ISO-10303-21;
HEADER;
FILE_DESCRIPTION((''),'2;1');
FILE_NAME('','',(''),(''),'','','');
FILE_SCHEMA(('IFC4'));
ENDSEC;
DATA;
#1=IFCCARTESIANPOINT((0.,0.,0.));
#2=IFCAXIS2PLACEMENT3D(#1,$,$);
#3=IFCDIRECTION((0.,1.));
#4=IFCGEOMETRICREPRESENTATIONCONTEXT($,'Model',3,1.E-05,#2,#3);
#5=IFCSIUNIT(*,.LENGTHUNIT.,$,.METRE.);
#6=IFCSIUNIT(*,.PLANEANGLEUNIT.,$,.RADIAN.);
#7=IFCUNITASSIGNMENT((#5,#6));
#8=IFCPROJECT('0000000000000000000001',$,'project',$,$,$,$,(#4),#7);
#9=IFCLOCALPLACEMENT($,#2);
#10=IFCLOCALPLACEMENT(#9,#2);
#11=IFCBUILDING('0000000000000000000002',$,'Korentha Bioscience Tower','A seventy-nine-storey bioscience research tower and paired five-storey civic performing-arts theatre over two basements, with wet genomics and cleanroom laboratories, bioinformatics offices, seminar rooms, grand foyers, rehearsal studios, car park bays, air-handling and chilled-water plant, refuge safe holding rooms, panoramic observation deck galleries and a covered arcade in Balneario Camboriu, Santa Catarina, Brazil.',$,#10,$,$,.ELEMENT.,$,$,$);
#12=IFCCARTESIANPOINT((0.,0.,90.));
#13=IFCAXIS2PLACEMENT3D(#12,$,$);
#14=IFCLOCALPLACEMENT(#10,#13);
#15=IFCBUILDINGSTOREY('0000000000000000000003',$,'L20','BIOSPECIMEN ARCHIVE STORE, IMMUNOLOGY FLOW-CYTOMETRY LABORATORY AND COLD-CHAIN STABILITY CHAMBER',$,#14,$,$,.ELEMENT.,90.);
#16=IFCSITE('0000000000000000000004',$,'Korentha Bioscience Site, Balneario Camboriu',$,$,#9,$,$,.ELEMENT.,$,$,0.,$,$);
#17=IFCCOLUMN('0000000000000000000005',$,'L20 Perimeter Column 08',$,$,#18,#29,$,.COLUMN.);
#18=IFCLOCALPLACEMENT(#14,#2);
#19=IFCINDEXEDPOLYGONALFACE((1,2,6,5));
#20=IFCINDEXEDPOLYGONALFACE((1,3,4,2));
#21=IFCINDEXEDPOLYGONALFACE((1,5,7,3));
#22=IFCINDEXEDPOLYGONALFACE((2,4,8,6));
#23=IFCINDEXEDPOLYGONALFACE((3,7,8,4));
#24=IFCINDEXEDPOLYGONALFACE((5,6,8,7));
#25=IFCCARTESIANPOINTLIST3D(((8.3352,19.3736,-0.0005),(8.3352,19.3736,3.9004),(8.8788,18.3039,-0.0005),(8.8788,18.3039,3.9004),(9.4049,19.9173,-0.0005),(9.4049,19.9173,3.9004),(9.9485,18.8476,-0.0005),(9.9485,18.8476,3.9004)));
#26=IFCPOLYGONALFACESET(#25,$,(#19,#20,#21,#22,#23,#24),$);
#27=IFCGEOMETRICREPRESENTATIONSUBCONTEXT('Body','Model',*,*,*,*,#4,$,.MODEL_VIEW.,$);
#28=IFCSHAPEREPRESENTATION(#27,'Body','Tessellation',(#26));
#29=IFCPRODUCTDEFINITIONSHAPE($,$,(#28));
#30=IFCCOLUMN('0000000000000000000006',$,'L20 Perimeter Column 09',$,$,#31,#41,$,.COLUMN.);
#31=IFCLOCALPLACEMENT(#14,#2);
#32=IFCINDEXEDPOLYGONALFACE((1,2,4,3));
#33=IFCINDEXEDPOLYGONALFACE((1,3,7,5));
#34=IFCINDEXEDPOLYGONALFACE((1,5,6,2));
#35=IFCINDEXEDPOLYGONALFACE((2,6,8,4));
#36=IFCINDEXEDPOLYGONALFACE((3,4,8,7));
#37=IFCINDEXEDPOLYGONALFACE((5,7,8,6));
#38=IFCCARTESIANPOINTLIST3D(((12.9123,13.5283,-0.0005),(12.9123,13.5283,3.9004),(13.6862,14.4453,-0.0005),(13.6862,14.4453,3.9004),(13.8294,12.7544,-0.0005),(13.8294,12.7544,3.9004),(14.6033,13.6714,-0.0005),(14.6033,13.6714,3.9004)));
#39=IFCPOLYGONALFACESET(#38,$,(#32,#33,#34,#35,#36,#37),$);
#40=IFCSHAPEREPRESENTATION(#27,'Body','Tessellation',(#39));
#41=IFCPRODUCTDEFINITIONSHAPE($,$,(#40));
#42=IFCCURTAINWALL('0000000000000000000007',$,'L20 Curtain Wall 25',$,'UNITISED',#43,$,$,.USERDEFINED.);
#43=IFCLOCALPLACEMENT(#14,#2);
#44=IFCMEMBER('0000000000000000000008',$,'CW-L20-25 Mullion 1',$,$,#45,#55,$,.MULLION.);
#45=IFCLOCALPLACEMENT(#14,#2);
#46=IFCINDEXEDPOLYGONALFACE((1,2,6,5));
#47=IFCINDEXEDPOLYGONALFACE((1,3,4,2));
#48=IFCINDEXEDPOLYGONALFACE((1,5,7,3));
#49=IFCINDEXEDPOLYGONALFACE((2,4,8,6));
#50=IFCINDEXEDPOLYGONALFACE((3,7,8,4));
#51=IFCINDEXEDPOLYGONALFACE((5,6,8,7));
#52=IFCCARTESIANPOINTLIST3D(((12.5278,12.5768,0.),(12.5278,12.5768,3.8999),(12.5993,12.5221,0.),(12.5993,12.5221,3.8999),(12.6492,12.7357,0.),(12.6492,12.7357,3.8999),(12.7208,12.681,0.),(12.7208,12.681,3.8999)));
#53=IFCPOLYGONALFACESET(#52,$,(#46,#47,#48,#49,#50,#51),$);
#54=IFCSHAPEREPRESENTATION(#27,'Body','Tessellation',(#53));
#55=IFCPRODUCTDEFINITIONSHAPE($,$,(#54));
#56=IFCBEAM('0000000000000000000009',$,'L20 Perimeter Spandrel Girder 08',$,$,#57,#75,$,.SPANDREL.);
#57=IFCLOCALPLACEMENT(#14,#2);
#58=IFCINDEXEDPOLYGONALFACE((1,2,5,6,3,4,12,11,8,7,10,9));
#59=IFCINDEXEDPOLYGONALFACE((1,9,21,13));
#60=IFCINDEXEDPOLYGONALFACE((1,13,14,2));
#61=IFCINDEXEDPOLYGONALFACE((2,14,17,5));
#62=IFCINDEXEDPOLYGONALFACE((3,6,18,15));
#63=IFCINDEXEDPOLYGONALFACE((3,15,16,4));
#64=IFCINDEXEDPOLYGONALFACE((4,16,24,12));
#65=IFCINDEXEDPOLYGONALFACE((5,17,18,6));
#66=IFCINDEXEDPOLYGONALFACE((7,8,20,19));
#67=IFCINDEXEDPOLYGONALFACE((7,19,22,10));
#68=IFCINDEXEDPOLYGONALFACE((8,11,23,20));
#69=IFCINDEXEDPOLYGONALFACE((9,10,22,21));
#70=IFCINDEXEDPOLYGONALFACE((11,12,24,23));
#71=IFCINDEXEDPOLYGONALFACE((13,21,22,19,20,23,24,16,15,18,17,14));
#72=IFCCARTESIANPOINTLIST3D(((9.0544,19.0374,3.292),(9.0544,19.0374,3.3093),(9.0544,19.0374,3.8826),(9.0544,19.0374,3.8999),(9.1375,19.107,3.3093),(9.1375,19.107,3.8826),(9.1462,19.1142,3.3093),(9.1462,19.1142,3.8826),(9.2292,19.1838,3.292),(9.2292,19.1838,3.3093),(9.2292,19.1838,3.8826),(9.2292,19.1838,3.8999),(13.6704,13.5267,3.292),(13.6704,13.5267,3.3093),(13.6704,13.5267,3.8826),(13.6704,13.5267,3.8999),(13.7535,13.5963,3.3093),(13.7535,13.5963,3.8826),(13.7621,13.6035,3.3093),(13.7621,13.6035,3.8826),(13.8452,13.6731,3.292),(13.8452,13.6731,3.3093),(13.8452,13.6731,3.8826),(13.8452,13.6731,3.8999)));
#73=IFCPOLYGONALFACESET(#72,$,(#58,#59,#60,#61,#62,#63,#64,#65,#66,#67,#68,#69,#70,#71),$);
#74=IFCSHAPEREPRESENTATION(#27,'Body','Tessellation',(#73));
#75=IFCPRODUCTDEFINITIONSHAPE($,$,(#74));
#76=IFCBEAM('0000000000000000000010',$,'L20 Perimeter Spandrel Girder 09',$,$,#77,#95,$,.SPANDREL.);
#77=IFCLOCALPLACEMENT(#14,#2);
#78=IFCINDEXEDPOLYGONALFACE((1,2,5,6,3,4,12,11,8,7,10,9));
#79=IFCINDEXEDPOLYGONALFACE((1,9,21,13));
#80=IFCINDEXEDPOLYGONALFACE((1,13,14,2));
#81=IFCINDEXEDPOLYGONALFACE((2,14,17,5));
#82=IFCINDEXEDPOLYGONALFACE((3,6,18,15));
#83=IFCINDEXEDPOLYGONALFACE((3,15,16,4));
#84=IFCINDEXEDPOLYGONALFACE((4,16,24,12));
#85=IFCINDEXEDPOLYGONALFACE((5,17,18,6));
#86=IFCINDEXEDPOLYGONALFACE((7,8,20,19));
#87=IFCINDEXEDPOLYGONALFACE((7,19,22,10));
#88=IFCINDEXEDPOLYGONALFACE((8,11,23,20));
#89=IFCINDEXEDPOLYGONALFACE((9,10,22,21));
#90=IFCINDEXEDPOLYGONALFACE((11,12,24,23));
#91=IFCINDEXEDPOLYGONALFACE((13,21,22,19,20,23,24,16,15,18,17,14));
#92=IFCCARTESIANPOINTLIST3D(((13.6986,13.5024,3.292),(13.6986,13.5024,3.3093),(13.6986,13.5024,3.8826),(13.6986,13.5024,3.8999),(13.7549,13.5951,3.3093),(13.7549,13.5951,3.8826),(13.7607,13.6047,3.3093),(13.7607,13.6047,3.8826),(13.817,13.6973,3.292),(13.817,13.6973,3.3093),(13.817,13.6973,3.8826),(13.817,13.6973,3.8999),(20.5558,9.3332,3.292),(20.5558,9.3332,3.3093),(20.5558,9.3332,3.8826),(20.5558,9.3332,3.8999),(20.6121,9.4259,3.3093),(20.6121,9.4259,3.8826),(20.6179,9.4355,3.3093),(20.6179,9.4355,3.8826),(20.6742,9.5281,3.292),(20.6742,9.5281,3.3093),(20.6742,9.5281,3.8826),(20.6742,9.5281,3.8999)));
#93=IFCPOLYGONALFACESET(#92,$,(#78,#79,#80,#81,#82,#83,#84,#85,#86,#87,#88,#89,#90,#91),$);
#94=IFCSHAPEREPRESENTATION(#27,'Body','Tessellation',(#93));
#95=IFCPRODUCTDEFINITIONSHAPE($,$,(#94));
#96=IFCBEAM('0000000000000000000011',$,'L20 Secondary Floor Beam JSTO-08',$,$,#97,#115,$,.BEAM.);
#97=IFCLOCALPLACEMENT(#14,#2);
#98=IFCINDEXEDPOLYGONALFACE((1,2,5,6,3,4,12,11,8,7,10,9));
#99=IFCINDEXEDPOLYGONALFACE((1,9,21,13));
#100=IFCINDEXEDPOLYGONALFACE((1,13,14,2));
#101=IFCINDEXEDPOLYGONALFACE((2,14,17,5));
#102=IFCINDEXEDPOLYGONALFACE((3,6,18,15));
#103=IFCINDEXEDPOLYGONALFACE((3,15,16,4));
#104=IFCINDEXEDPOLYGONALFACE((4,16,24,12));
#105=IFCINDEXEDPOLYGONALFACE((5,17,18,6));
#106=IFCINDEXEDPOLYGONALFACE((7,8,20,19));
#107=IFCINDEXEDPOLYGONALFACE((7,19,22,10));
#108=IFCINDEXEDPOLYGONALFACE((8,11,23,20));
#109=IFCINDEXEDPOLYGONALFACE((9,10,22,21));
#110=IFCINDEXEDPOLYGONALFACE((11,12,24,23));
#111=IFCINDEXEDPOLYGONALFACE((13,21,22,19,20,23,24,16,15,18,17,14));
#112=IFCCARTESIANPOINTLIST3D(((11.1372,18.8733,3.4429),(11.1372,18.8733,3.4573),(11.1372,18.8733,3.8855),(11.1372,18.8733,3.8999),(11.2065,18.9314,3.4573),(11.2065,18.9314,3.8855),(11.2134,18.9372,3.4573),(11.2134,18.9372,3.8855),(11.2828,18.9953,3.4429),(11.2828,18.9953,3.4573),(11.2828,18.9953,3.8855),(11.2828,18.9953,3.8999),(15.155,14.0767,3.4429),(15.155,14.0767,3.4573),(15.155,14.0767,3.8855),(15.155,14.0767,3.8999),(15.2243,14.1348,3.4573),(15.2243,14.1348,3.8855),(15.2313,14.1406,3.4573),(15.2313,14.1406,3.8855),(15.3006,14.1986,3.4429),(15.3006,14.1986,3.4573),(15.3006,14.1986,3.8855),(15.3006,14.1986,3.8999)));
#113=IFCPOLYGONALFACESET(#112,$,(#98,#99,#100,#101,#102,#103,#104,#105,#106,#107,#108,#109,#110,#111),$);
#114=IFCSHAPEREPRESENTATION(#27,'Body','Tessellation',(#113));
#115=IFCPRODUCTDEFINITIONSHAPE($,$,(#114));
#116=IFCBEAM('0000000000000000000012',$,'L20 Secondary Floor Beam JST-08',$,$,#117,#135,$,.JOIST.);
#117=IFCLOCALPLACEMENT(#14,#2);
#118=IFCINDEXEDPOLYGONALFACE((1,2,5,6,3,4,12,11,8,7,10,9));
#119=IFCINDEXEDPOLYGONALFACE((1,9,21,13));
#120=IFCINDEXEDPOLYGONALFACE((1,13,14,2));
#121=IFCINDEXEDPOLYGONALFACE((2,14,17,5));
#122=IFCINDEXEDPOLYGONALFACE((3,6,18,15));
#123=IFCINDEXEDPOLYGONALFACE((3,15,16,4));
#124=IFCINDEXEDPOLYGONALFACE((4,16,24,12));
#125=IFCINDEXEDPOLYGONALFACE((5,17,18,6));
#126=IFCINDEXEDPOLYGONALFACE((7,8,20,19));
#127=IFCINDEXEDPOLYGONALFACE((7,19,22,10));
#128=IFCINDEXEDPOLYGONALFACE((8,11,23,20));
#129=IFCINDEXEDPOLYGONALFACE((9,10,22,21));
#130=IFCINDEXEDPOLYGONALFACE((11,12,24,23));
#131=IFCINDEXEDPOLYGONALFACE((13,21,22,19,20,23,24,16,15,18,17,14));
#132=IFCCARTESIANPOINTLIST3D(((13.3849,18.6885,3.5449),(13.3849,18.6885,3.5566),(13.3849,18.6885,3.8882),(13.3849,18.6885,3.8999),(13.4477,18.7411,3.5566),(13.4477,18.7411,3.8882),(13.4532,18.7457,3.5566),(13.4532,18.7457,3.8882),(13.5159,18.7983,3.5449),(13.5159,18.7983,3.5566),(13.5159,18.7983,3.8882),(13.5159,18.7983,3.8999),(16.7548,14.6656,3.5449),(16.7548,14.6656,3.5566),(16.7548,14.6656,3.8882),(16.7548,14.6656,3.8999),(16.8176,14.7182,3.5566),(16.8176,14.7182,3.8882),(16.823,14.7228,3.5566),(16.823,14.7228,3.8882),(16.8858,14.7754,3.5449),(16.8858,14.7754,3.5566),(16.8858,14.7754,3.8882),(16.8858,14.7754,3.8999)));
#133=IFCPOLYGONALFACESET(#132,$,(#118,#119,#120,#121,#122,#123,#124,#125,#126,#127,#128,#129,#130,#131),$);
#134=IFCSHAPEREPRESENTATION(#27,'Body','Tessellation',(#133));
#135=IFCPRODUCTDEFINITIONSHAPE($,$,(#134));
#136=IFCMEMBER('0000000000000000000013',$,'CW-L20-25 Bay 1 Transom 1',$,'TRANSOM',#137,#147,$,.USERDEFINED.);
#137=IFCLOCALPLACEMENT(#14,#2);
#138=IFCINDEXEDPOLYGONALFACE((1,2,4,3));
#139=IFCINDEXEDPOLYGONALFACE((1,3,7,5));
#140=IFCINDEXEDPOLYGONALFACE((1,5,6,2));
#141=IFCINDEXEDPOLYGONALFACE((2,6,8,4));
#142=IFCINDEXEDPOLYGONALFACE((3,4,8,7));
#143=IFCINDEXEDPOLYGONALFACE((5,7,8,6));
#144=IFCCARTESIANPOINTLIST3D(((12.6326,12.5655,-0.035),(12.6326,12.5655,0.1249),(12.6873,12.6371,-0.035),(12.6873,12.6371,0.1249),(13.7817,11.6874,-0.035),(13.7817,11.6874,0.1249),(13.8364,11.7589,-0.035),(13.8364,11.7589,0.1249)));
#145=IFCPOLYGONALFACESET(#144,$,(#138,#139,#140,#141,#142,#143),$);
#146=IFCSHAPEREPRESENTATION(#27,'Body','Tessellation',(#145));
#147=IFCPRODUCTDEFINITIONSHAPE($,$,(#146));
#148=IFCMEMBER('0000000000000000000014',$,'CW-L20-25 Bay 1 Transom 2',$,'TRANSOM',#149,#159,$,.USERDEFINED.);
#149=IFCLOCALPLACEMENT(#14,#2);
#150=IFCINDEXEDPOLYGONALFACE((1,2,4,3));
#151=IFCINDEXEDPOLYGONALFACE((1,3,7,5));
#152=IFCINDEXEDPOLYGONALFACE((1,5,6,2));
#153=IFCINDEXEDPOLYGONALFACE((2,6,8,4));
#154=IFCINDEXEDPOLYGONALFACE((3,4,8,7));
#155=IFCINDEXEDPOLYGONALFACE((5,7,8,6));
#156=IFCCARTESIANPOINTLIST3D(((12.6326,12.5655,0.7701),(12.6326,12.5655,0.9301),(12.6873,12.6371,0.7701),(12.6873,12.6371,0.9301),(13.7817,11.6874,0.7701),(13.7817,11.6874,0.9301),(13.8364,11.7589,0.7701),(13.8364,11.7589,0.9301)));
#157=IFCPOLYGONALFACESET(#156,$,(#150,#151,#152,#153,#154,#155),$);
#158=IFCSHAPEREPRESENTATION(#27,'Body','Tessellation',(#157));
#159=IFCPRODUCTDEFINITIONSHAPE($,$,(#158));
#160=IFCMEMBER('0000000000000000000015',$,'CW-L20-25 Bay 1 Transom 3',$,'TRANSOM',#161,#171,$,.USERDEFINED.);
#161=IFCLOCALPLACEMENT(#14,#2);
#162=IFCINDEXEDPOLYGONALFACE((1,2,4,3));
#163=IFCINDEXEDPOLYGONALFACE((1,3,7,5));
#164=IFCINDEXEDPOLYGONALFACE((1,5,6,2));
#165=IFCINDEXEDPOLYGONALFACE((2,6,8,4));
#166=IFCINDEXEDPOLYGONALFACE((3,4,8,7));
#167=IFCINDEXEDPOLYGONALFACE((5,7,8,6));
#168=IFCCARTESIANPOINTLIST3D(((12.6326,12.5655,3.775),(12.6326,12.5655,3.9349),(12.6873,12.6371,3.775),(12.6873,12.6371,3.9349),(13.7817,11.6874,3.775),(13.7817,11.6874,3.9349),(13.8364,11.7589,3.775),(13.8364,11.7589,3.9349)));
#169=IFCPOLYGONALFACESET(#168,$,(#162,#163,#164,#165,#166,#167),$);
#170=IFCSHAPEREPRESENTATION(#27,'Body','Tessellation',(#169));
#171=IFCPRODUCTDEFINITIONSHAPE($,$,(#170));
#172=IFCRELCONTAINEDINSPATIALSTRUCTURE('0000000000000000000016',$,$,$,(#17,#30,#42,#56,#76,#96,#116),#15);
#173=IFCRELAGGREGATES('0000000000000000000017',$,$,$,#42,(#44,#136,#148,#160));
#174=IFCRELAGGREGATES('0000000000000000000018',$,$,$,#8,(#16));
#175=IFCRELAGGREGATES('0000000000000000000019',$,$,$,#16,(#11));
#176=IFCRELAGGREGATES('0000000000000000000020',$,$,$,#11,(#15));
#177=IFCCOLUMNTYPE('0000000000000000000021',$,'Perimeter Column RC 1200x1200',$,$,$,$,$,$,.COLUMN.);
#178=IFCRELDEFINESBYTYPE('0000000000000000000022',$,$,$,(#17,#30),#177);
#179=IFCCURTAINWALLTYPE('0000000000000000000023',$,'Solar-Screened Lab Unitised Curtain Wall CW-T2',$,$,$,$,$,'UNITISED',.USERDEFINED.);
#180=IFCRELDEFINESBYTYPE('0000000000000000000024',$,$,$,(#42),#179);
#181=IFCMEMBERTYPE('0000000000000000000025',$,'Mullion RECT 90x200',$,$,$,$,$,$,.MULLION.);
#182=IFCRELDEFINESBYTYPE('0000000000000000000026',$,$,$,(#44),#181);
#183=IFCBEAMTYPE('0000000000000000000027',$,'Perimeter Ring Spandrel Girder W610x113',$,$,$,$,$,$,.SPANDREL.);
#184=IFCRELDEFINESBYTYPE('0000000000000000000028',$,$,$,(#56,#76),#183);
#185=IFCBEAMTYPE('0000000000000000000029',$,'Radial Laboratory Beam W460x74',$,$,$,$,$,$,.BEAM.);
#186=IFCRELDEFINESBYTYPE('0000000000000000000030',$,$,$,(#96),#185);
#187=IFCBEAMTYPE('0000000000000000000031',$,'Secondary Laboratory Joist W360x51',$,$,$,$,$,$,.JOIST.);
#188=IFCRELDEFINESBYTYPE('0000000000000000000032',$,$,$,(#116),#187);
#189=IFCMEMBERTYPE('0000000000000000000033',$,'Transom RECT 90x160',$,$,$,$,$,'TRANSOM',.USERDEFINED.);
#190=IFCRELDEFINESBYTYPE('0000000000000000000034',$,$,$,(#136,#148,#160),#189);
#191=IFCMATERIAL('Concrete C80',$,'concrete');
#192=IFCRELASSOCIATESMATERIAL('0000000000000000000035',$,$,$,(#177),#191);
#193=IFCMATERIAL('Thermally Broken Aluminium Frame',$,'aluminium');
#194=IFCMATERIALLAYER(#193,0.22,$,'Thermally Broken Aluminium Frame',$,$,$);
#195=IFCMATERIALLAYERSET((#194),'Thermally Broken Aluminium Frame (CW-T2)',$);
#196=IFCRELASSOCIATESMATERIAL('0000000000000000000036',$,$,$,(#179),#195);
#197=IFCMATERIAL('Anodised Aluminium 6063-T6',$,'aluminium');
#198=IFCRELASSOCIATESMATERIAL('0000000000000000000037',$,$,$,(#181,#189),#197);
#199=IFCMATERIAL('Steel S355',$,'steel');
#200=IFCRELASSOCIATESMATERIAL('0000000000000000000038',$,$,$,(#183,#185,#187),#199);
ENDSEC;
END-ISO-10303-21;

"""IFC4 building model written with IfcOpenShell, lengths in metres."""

from ifc_helpers import new_model, si_unit, direction, frame, origin, origin_2d, place, context, subcontext, project, spatial, rectangle, i_section, extrude, material, layer, layer_set, material_profile, profile_set, type_object, element, aggregate, save


model = new_model("IFC4")

# Units and contexts
model_context = context("Model", 3, precision=1e-05, world=origin(), true_north=direction((0.0, 1.0)))
body_context = subcontext(model_context, "Body", "Model", "MODEL_VIEW")
ifc_project = project(units=[si_unit("LENGTHUNIT", "METRE"), si_unit("PLANEANGLEUNIT", "RADIAN")], contexts=[model_context])

# Site, building, storey
site_placement = place(None, origin())
site = spatial("IfcSite", under=ifc_project, at=site_placement, Name="Korentha Bioscience Site, Balneario Camboriu", CompositionType="ELEMENT", RefElevation=0.0)
building_placement = place(site_placement, origin())
building = spatial("IfcBuilding", under=site, at=building_placement, Name="Korentha Bioscience Tower", Description="A seventy-nine-storey bioscience research tower and paired five-storey civic performing-arts theatre over two basements, with wet genomics and cleanroom laboratories, bioinformatics offices, seminar rooms, grand foyers, rehearsal studios, car park bays, air-handling and chilled-water plant, refuge safe holding rooms, panoramic observation deck galleries and a covered arcade in Balneario Camboriu, Santa Catarina, Brazil.", CompositionType="ELEMENT")
storey_placement = place(building_placement, frame((0.0, 0.0, 90.0)))
storey = spatial("IfcBuildingStorey", under=building, at=storey_placement, Name="L20", Description="BIOSPECIMEN ARCHIVE STORE, IMMUNOLOGY FLOW-CYTOMETRY LABORATORY AND COLD-CHAIN STABILITY CHAMBER", CompositionType="ELEMENT", Elevation=90.0)

# Columns
ifc_material_1 = material(Name="Concrete C80", Category="concrete")
ifc_material_profile_1 = material_profile(ifc_material_1, rectangle(XDim=1.2, YDim=1.2, at=origin_2d()), Name="Concrete C80")
ifc_profile_set_1 = profile_set([ifc_material_profile_1], Name="Concrete C80 (COL-P12)")
column_type = type_object("IfcColumnType", Name="Perimeter Column RC 1200x1200", PredefinedType="COLUMN", material=ifc_profile_set_1)
for number, where, z_axis, x_axis, name in (
    (1, (9.1418, 19.1106, -0.0005), (0.0, 0.0, 1.0), (-0.453057, 0.891481, 0.0), "L20 Perimeter Column 08"),
    (2, (13.7578, 13.5999, -0.0005), (0.0, 0.0, 1.0), (-0.764246, 0.644924, 0.0), "L20 Perimeter Column 09"),
):
    element("IfcColumn", number, at=place(storey_placement, frame(where, z_axis=z_axis, x_axis=x_axis)), inside=storey, type_object=column_type, Name=name, PredefinedType="COLUMN", context=body_context, shape_type="SweptSolid", body=[
        extrude(rectangle(XDim=1.2, YDim=1.2, at=origin_2d()), origin(), (0.0, 0.0, 1.0), 3.9009),
    ])

# Curtain wall, member
ifc_material_2 = material(Name="Thermally Broken Aluminium Frame", Category="aluminium")
ifc_layer_1 = layer(ifc_material_2, 0.22, Name="Thermally Broken Aluminium Frame")
ifc_layer_set_1 = layer_set([ifc_layer_1], Name="Thermally Broken Aluminium Frame (CW-T2)")
curtain_wall_type = type_object("IfcCurtainWallType", Name="Solar-Screened Lab Unitised Curtain Wall CW-T2", ElementType="UNITISED", PredefinedType="USERDEFINED", material=ifc_layer_set_1)
curtain_wall_placement = place(storey_placement, origin())
curtain_wall = element("IfcCurtainWall", 3, at=curtain_wall_placement, inside=storey, type_object=curtain_wall_type, Name="L20 Curtain Wall 25", ObjectType="UNITISED", PredefinedType="USERDEFINED")
ifc_material_3 = material(Name="Anodised Aluminium 6063-T6", Category="aluminium")
ifc_material_profile_2 = material_profile(ifc_material_3, rectangle(XDim=0.0901, YDim=0.2, at=origin_2d()), Name="Anodised Aluminium 6063-T6")
ifc_profile_set_2 = profile_set([ifc_material_profile_2], Name="Anodised Aluminium 6063-T6 (CW-MUL)")
member_type_1 = type_object("IfcMemberType", Name="Mullion RECT 90x200", PredefinedType="MULLION", material=ifc_profile_set_2)
member_1_placement = place(storey_placement, frame((12.6243, 12.6289, 0.0), z_axis=(0.0, 0.0, 1.0), x_axis=(0.7945, -0.607265, 0.0)))
member_1 = element("IfcMember", 4, at=member_1_placement, type_object=member_type_1, Name="CW-L20-25 Mullion 1", PredefinedType="MULLION", context=body_context, shape_type="SweptSolid", body=[
    extrude(rectangle(XDim=0.0901, YDim=0.2, at=origin_2d()), origin(), (0.0, 0.0, 1.0), 3.8999),
])

# Beams
ifc_material_4 = material(Name="Steel S355", Category="steel")
ifc_material_profile_3 = material_profile(ifc_material_4, i_section(OverallWidth=0.228, OverallDepth=0.6079, WebThickness=0.0112, FlangeThickness=0.0173, at=origin_2d()), Name="Steel S355")
ifc_profile_set_3 = profile_set([ifc_material_profile_3], Name="Steel S355 (SB-610)")
beam_type_1 = type_object("IfcBeamType", Name="Perimeter Ring Spandrel Girder W610x113", PredefinedType="SPANDREL", material=ifc_profile_set_3)
beam_1_placement = place(storey_placement, frame((9.1418, 19.1106, 3.5959), z_axis=(0.642127, -0.766599, 0.0), x_axis=(0.766599, 0.642127, 0.0)))
element("IfcBeam", 5, at=beam_1_placement, inside=storey, type_object=beam_type_1, Name="L20 Perimeter Spandrel Girder 08", PredefinedType="SPANDREL", context=body_context, shape_type="SweptSolid", body=[
    extrude(i_section(OverallWidth=0.228, OverallDepth=0.6079, WebThickness=0.0112, FlangeThickness=0.0173, at=origin_2d()), origin(), (0.0, 0.0, 1.0), 7.1885),
])
beam_2_placement = place(storey_placement, frame((13.7578, 13.5999, 3.5959), z_axis=(0.854461, -0.519515, 0.0), x_axis=(0.519515, 0.854461, 0.0)))
element("IfcBeam", 6, at=beam_2_placement, inside=storey, type_object=beam_type_1, Name="L20 Perimeter Spandrel Girder 09", PredefinedType="SPANDREL", context=body_context, shape_type="SweptSolid", body=[
    extrude(i_section(OverallWidth=0.228, OverallDepth=0.6079, WebThickness=0.0112, FlangeThickness=0.0173, at=origin_2d()), origin(), (0.0, 0.0, 1.0), 8.0251),
])
ifc_material_profile_4 = material_profile(ifc_material_4, i_section(OverallWidth=0.1899, OverallDepth=0.457, WebThickness=0.009, FlangeThickness=0.0144, at=origin_2d()), Name="Steel S355")
ifc_profile_set_4 = profile_set([ifc_material_profile_4], Name="Steel S355 (RB-460)")
beam_type_2 = type_object("IfcBeamType", Name="Radial Laboratory Beam W460x74", PredefinedType="BEAM", material=ifc_profile_set_4)
beam_3_placement = place(storey_placement, frame((11.21, 18.9343, 3.6714), z_axis=(0.642128, -0.766597, 0.0), x_axis=(0.766597, 0.642128, 0.0)))
element("IfcBeam", 7, at=beam_3_placement, inside=storey, type_object=beam_type_2, Name="L20 Secondary Floor Beam JSTO-08", PredefinedType="BEAM", context=body_context, shape_type="SweptSolid", body=[
    extrude(i_section(OverallWidth=0.1899, OverallDepth=0.457, WebThickness=0.009, FlangeThickness=0.0144, at=origin_2d()), origin(), (0.0, 0.0, 1.0), 6.2571),
])
ifc_material_profile_5 = material_profile(ifc_material_4, i_section(OverallWidth=0.1709, OverallDepth=0.355, WebThickness=0.0071, FlangeThickness=0.0117, at=origin_2d()), Name="Steel S355")
ifc_profile_set_5 = profile_set([ifc_material_profile_5], Name="Steel S355 (JB-360)")
beam_type_3 = type_object("IfcBeamType", Name="Secondary Laboratory Joist W360x51", PredefinedType="JOIST", material=ifc_profile_set_5)
beam_4_placement = place(storey_placement, frame((13.4504, 18.7434, 3.7224), z_axis=(0.642141, -0.766587, 0.0), x_axis=(0.766587, 0.642141, 0.0)))
element("IfcBeam", 8, at=beam_4_placement, inside=storey, type_object=beam_type_3, Name="L20 Secondary Floor Beam JST-08", PredefinedType="JOIST", context=body_context, shape_type="SweptSolid", body=[
    extrude(i_section(OverallWidth=0.1709, OverallDepth=0.355, WebThickness=0.0071, FlangeThickness=0.0117, at=origin_2d()), origin(), (0.0, 0.0, 1.0), 5.2478),
])

# Members
ifc_material_profile_6 = material_profile(ifc_material_3, rectangle(XDim=0.0901, YDim=0.1599, at=origin_2d()), Name="Anodised Aluminium 6063-T6")
ifc_profile_set_6 = profile_set([ifc_material_profile_6], Name="Anodised Aluminium 6063-T6 (CW-TRN)")
member_type_2 = type_object("IfcMemberType", Name="Transom RECT 90x160", ElementType="TRANSOM", PredefinedType="USERDEFINED", material=ifc_profile_set_6)
member_2_placement = place(storey_placement, frame((12.6599, 12.6013, 0.0449), z_axis=(0.794559, -0.607187, 0.0), x_axis=(0.607187, 0.794559, 0.0)))
member_2 = element("IfcMember", 9, at=member_2_placement, type_object=member_type_2, Name="CW-L20-25 Bay 1 Transom 1", ObjectType="TRANSOM", PredefinedType="USERDEFINED", context=body_context, shape_type="SweptSolid", body=[
    extrude(rectangle(XDim=0.0901, YDim=0.1599, at=origin_2d()), origin(), (0.0, 0.0, 1.0), 1.4463),
])
member_3_placement = place(storey_placement, frame((12.6599, 12.6013, 0.8501), z_axis=(0.794559, -0.607187, 0.0), x_axis=(0.607187, 0.794559, 0.0)))
member_3 = element("IfcMember", 10, at=member_3_placement, type_object=member_type_2, Name="CW-L20-25 Bay 1 Transom 2", ObjectType="TRANSOM", PredefinedType="USERDEFINED", context=body_context, shape_type="SweptSolid", body=[
    extrude(rectangle(XDim=0.0901, YDim=0.1599, at=origin_2d()), origin(), (0.0, 0.0, 1.0), 1.4463),
])
member_4_placement = place(storey_placement, frame((12.6599, 12.6013, 3.855), z_axis=(0.794559, -0.607187, 0.0), x_axis=(0.607187, 0.794559, 0.0)))
member_4 = element("IfcMember", 11, at=member_4_placement, type_object=member_type_2, Name="CW-L20-25 Bay 1 Transom 3", ObjectType="TRANSOM", PredefinedType="USERDEFINED", context=body_context, shape_type="SweptSolid", body=[
    extrude(rectangle(XDim=0.0901, YDim=0.1599, at=origin_2d()), origin(), (0.0, 0.0, 1.0), 1.4463),
])
aggregate(curtain_wall, [member_1, member_2, member_3, member_4])

save(model, "model.ifc")
